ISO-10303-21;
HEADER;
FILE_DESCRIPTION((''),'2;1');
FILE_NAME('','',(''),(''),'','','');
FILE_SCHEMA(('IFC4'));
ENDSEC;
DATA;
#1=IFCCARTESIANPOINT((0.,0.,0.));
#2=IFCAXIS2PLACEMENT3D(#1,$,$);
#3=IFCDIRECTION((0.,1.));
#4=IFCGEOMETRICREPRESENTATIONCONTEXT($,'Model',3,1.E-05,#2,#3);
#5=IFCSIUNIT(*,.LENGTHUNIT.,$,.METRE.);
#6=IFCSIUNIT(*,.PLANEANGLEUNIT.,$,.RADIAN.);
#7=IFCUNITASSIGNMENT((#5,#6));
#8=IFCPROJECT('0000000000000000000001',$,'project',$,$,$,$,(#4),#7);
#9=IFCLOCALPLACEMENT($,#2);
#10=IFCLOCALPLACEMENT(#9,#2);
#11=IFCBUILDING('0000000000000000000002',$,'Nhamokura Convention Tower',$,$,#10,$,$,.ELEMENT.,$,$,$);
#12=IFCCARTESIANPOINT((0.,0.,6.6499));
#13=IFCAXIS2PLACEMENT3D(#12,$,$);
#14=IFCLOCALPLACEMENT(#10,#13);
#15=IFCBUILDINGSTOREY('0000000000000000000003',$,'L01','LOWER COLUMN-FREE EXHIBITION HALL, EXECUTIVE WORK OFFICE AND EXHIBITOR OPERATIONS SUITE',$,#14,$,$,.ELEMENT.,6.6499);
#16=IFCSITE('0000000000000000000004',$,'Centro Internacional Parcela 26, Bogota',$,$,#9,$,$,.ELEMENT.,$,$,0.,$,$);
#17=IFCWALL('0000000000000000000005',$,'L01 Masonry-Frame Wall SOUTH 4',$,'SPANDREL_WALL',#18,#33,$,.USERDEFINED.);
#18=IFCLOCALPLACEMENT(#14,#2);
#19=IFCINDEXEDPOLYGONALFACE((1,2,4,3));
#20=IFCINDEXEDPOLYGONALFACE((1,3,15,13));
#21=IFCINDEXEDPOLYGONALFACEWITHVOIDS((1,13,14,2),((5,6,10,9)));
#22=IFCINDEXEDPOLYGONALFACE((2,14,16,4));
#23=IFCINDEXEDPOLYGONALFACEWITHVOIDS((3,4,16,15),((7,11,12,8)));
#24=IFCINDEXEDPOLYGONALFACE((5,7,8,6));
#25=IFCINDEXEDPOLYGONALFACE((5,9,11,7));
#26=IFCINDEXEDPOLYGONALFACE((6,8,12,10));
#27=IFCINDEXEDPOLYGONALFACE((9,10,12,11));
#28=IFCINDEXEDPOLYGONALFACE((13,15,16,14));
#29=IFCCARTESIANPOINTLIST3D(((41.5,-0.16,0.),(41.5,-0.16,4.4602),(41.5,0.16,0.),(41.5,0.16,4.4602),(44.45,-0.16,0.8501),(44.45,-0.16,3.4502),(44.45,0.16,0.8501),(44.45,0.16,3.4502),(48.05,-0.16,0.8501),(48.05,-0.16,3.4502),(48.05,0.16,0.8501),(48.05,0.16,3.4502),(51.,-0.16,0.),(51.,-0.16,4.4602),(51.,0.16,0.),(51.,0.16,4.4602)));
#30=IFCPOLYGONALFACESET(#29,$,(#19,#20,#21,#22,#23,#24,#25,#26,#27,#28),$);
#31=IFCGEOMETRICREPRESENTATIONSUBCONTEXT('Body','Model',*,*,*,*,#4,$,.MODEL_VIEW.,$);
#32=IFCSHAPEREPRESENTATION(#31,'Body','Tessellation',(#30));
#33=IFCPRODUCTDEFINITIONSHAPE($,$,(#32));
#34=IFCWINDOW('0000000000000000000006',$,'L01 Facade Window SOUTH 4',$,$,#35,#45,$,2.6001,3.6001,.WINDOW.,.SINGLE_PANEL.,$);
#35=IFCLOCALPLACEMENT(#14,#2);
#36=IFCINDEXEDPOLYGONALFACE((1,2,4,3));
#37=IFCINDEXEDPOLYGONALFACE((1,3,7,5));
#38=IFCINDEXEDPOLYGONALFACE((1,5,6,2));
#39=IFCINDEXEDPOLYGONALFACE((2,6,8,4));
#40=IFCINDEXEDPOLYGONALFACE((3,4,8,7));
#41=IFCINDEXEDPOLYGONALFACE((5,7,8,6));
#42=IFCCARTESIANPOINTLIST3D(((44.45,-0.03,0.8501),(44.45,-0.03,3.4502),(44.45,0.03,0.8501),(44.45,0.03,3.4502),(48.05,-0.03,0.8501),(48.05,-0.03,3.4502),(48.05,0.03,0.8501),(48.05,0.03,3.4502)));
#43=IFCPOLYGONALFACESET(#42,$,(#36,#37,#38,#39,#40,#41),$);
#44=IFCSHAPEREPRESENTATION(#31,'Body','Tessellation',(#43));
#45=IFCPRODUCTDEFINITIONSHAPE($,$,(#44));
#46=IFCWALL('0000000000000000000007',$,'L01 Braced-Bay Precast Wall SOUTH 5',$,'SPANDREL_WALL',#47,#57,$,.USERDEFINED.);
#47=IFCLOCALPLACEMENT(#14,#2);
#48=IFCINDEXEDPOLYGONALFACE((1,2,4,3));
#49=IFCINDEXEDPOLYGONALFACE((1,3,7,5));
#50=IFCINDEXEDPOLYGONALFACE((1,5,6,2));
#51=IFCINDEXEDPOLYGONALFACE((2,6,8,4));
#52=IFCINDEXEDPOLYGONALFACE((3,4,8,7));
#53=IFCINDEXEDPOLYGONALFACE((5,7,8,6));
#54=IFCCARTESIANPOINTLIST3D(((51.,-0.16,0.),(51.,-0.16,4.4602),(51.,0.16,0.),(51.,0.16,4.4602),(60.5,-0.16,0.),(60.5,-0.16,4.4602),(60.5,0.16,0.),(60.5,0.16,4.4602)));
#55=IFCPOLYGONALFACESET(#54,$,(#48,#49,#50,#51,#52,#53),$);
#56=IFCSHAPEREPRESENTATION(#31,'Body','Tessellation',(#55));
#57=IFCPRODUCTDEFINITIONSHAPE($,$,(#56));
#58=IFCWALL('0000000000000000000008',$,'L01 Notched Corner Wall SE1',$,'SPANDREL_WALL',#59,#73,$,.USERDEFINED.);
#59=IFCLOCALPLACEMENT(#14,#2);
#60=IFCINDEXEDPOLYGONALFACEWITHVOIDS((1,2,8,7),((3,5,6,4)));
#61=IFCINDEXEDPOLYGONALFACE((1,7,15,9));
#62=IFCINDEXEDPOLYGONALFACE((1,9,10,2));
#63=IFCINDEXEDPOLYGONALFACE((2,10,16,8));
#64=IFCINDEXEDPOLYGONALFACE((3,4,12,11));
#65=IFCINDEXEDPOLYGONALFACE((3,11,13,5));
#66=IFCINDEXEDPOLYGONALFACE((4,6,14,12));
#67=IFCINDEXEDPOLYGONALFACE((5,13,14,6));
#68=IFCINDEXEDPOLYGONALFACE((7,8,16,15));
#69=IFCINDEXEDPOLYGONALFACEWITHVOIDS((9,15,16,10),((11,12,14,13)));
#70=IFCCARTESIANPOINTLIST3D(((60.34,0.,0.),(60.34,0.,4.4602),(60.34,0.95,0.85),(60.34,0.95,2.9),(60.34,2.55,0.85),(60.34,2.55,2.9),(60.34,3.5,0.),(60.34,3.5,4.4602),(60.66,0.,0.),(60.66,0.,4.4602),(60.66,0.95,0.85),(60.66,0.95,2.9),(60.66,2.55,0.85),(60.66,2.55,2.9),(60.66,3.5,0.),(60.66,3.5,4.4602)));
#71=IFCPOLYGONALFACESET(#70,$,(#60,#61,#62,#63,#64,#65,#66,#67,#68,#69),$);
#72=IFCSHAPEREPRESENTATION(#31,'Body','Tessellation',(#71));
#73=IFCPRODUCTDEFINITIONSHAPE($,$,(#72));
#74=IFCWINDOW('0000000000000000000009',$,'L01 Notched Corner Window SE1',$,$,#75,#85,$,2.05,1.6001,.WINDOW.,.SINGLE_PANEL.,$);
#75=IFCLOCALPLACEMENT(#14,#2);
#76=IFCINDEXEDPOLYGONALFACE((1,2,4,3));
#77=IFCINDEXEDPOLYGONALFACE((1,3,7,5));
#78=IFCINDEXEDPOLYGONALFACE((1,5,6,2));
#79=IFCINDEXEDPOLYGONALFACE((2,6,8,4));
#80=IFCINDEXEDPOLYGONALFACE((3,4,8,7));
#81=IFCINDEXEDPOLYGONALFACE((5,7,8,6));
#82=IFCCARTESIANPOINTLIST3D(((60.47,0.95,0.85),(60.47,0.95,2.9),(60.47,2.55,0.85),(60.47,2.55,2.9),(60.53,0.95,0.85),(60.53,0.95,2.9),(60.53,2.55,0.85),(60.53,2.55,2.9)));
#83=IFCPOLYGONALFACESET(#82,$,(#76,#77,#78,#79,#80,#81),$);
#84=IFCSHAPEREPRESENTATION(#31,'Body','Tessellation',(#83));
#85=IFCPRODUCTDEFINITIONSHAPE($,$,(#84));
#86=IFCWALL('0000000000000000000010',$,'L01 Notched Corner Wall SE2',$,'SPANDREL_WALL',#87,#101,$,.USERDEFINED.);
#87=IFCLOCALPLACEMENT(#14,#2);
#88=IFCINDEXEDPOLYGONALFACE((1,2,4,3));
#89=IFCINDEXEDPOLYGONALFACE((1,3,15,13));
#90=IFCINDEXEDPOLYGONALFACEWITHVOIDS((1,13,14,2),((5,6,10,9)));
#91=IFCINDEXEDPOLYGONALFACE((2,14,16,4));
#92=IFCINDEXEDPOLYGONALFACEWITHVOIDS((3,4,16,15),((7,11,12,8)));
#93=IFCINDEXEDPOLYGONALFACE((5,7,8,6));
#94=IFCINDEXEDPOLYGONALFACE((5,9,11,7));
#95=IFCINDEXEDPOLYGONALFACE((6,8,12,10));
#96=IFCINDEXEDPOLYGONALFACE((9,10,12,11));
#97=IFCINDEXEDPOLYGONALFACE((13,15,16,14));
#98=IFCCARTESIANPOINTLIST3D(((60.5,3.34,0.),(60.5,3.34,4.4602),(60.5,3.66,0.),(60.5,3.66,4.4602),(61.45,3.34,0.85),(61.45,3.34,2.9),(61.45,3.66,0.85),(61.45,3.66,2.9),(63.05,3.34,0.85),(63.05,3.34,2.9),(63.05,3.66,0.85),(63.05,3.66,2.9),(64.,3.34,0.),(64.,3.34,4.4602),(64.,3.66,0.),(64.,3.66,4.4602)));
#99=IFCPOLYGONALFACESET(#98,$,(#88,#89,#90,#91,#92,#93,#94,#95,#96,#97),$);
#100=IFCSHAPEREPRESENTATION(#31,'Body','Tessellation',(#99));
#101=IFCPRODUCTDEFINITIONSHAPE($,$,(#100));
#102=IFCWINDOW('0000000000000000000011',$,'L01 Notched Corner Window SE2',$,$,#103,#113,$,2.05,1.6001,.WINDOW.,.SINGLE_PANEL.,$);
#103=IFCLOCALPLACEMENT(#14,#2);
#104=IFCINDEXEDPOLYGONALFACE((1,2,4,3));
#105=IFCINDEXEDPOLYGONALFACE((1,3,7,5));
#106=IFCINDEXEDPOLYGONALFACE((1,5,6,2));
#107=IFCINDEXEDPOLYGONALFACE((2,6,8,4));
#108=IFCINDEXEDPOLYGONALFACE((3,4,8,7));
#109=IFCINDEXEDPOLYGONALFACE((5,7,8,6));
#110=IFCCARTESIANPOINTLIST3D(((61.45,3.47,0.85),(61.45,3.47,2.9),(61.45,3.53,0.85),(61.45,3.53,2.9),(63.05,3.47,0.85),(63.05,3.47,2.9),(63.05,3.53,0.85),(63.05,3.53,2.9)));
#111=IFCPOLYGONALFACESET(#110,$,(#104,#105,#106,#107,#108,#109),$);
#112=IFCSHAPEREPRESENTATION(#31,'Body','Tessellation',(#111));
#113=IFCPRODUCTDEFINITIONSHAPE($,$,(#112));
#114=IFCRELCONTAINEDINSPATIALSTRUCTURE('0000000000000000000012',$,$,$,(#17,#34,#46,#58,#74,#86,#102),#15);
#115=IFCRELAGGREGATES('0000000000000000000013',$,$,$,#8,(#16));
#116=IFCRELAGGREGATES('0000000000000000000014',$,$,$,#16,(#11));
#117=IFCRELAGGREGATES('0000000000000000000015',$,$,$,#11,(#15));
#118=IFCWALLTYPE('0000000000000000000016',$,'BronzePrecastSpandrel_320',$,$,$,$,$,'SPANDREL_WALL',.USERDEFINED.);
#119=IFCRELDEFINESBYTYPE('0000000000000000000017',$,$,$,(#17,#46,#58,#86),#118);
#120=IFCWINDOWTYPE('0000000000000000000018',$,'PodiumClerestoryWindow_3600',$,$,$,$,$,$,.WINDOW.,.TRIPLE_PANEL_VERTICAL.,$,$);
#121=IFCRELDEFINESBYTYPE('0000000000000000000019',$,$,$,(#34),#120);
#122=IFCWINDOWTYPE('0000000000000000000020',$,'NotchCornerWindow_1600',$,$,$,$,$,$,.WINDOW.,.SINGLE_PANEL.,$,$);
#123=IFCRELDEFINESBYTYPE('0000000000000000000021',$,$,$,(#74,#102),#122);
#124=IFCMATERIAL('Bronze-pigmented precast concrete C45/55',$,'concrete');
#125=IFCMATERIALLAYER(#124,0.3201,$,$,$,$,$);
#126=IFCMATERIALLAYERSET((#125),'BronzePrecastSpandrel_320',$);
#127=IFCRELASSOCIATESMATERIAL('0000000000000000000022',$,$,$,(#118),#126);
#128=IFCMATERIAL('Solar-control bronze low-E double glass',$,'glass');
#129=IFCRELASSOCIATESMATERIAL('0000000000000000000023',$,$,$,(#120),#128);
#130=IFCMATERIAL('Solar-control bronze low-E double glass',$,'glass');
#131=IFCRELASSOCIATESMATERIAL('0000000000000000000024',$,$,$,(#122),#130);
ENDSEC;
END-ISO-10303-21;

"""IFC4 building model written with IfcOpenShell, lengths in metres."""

from ifc_helpers import new_model, si_unit, direction, frame, frame_2d, origin, place, context, subcontext, project, spatial, rectangle, extrude, material, layer, layer_set, type_object, element, fill, save


model = new_model("IFC4")

# Units and contexts
model_context = context("Model", 3, precision=1e-05, world=origin(), true_north=direction((0.0, 1.0)))
body_context = subcontext(model_context, "Body", "Model", "MODEL_VIEW")
ifc_project = project(units=[si_unit("LENGTHUNIT", "METRE"), si_unit("PLANEANGLEUNIT", "RADIAN")], contexts=[model_context])

# Site, building, storey
site_placement = place(None, origin())
site = spatial("IfcSite", under=ifc_project, at=site_placement, Name="Centro Internacional Parcela 26, Bogota", CompositionType="ELEMENT", RefElevation=0.0)
building_placement = place(site_placement, origin())
building = spatial("IfcBuilding", under=site, at=building_placement, Name="Nhamokura Convention Tower", CompositionType="ELEMENT")
storey_placement = place(building_placement, frame((0.0, 0.0, 6.6499)))
storey = spatial("IfcBuildingStorey", under=building, at=storey_placement, Name="L01", Description="LOWER COLUMN-FREE EXHIBITION HALL, EXECUTIVE WORK OFFICE AND EXHIBITOR OPERATIONS SUITE", CompositionType="ELEMENT", Elevation=6.6499)

# Wall, opening, window
ifc_material_1 = material(Name="Bronze-pigmented precast concrete C45/55", Category="concrete")
ifc_layer = layer(ifc_material_1, 0.3201)
ifc_layer_set = layer_set([ifc_layer], Name="BronzePrecastSpandrel_320")
wall_type = type_object("IfcWallType", Name="BronzePrecastSpandrel_320", ElementType="SPANDREL_WALL", PredefinedType="USERDEFINED", material=ifc_layer_set)
wall_1_placement = place(storey_placement, frame((51.0, 0.0, 0.0), z_axis=(0.0, 0.0, 1.0), x_axis=(-1.0, 0.0, 0.0)))
wall_1 = element("IfcWall", 1, at=wall_1_placement, inside=storey, type_object=wall_type, Name="L01 Masonry-Frame Wall SOUTH 4", ObjectType="SPANDREL_WALL", PredefinedType="USERDEFINED", context=body_context, shape_type="SweptSolid", body=[
    extrude(rectangle(XDim=9.5, YDim=0.3201, at=frame_2d((4.75, 0.0))), origin(), (0.0, 0.0, 1.0), 4.4602),
])
opening_1_placement = place(wall_1_placement, frame((2.95, 0.0, 0.8501)))
opening_1 = element("IfcOpeningElement", 2, at=opening_1_placement, cuts=wall_1, PredefinedType="OPENING", context=body_context, shape_type="SweptSolid", body=[
    extrude(rectangle(XDim=3.6001, YDim=2.6001, at=frame_2d((1.8, 1.3))), frame((0.0, 0.1699, 0.0), z_axis=(0.0, -1.0, 0.0), x_axis=(1.0, 0.0, 0.0)), (0.0, 0.0, 1.0), 0.3401),
])
ifc_material_2 = material(Name="Solar-control bronze low-E double glass", Category="glass")
window_type_1 = type_object("IfcWindowType", Name="PodiumClerestoryWindow_3600", PartitioningType="TRIPLE_PANEL_VERTICAL", PredefinedType="WINDOW", material=ifc_material_2)
window_1_placement = place(opening_1_placement, origin())
window_1 = element("IfcWindow", 3, at=window_1_placement, inside=storey, type_object=window_type_1, Name="L01 Facade Window SOUTH 4", OverallHeight=2.6001, OverallWidth=3.6001, PartitioningType="SINGLE_PANEL", PredefinedType="WINDOW", context=body_context, shape_type="SweptSolid", body=[
    extrude(rectangle(XDim=3.6001, YDim=2.6001, at=frame_2d((1.8, 1.3))), frame((0.0, 0.03, 0.0), z_axis=(0.0, -1.0, 0.0), x_axis=(1.0, 0.0, 0.0)), (0.0, 0.0, 1.0), 0.0601),
])
fill(opening_1, window_1)

# Wall
wall_2_placement = place(storey_placement, frame((60.5, 0.0, 0.0), z_axis=(0.0, 0.0, 1.0), x_axis=(-1.0, 0.0, 0.0)))
element("IfcWall", 4, at=wall_2_placement, inside=storey, type_object=wall_type, Name="L01 Braced-Bay Precast Wall SOUTH 5", ObjectType="SPANDREL_WALL", PredefinedType="USERDEFINED", context=body_context, shape_type="SweptSolid", body=[
    extrude(rectangle(XDim=9.5, YDim=0.3201, at=frame_2d((4.75, 0.0))), origin(), (0.0, 0.0, 1.0), 4.4602),
])

# Walls, openings, windows
wall_3_placement = place(storey_placement, frame((60.5, 3.5, 0.0), z_axis=(0.0, 0.0, 1.0), x_axis=(0.0, -1.0, 0.0)))
wall_3 = element("IfcWall", 5, at=wall_3_placement, inside=storey, type_object=wall_type, Name="L01 Notched Corner Wall SE1", ObjectType="SPANDREL_WALL", PredefinedType="USERDEFINED", context=body_context, shape_type="SweptSolid", body=[
    extrude(rectangle(XDim=3.5, YDim=0.3201, at=frame_2d((1.75, 0.0))), origin(), (0.0, 0.0, 1.0), 4.4602),
])
opening_2_placement = place(wall_3_placement, frame((0.95, 0.0, 0.8501)))
opening_2 = element("IfcOpeningElement", 6, at=opening_2_placement, cuts=wall_3, PredefinedType="OPENING", context=body_context, shape_type="SweptSolid", body=[
    extrude(rectangle(XDim=1.6001, YDim=2.05, at=frame_2d((0.8, 1.0249))), frame((0.0, 0.1699, 0.0), z_axis=(0.0, -1.0, 0.0), x_axis=(1.0, 0.0, 0.0)), (0.0, 0.0, 1.0), 0.3401),
])
ifc_material_3 = material(Name="Solar-control bronze low-E double glass", Category="glass")
window_type_2 = type_object("IfcWindowType", Name="NotchCornerWindow_1600", PartitioningType="SINGLE_PANEL", PredefinedType="WINDOW", material=ifc_material_3)
window_2_placement = place(opening_2_placement, origin())
window_2 = element("IfcWindow", 7, at=window_2_placement, inside=storey, type_object=window_type_2, Name="L01 Notched Corner Window SE1", OverallHeight=2.05, OverallWidth=1.6001, PartitioningType="SINGLE_PANEL", PredefinedType="WINDOW", context=body_context, shape_type="SweptSolid", body=[
    extrude(rectangle(XDim=1.6001, YDim=2.05, at=frame_2d((0.8, 1.0249))), frame((0.0, 0.03, 0.0), z_axis=(0.0, -1.0, 0.0), x_axis=(1.0, 0.0, 0.0)), (0.0, 0.0, 1.0), 0.0601),
])
fill(opening_2, window_2)
wall_4_placement = place(storey_placement, frame((64.0, 3.5, 0.0), z_axis=(0.0, 0.0, 1.0), x_axis=(-1.0, 0.0, 0.0)))
wall_4 = element("IfcWall", 8, at=wall_4_placement, inside=storey, type_object=wall_type, Name="L01 Notched Corner Wall SE2", ObjectType="SPANDREL_WALL", PredefinedType="USERDEFINED", context=body_context, shape_type="SweptSolid", body=[
    extrude(rectangle(XDim=3.5, YDim=0.3201, at=frame_2d((1.75, 0.0))), origin(), (0.0, 0.0, 1.0), 4.4602),
])
opening_3_placement = place(wall_4_placement, frame((0.95, 0.0, 0.8501)))
opening_3 = element("IfcOpeningElement", 9, at=opening_3_placement, cuts=wall_4, PredefinedType="OPENING", context=body_context, shape_type="SweptSolid", body=[
    extrude(rectangle(XDim=1.6001, YDim=2.05, at=frame_2d((0.8, 1.0249))), frame((0.0, 0.1699, 0.0), z_axis=(0.0, -1.0, 0.0), x_axis=(1.0, 0.0, 0.0)), (0.0, 0.0, 1.0), 0.3401),
])
window_3_placement = place(opening_3_placement, origin())
window_3 = element("IfcWindow", 10, at=window_3_placement, inside=storey, type_object=window_type_2, Name="L01 Notched Corner Window SE2", OverallHeight=2.05, OverallWidth=1.6001, PartitioningType="SINGLE_PANEL", PredefinedType="WINDOW", context=body_context, shape_type="SweptSolid", body=[
    extrude(rectangle(XDim=1.6001, YDim=2.05, at=frame_2d((0.8, 1.0249))), frame((0.0, 0.03, 0.0), z_axis=(0.0, -1.0, 0.0), x_axis=(1.0, 0.0, 0.0)), (0.0, 0.0, 1.0), 0.0601),
])
fill(opening_3, window_3)

save(model, "model.ifc")
